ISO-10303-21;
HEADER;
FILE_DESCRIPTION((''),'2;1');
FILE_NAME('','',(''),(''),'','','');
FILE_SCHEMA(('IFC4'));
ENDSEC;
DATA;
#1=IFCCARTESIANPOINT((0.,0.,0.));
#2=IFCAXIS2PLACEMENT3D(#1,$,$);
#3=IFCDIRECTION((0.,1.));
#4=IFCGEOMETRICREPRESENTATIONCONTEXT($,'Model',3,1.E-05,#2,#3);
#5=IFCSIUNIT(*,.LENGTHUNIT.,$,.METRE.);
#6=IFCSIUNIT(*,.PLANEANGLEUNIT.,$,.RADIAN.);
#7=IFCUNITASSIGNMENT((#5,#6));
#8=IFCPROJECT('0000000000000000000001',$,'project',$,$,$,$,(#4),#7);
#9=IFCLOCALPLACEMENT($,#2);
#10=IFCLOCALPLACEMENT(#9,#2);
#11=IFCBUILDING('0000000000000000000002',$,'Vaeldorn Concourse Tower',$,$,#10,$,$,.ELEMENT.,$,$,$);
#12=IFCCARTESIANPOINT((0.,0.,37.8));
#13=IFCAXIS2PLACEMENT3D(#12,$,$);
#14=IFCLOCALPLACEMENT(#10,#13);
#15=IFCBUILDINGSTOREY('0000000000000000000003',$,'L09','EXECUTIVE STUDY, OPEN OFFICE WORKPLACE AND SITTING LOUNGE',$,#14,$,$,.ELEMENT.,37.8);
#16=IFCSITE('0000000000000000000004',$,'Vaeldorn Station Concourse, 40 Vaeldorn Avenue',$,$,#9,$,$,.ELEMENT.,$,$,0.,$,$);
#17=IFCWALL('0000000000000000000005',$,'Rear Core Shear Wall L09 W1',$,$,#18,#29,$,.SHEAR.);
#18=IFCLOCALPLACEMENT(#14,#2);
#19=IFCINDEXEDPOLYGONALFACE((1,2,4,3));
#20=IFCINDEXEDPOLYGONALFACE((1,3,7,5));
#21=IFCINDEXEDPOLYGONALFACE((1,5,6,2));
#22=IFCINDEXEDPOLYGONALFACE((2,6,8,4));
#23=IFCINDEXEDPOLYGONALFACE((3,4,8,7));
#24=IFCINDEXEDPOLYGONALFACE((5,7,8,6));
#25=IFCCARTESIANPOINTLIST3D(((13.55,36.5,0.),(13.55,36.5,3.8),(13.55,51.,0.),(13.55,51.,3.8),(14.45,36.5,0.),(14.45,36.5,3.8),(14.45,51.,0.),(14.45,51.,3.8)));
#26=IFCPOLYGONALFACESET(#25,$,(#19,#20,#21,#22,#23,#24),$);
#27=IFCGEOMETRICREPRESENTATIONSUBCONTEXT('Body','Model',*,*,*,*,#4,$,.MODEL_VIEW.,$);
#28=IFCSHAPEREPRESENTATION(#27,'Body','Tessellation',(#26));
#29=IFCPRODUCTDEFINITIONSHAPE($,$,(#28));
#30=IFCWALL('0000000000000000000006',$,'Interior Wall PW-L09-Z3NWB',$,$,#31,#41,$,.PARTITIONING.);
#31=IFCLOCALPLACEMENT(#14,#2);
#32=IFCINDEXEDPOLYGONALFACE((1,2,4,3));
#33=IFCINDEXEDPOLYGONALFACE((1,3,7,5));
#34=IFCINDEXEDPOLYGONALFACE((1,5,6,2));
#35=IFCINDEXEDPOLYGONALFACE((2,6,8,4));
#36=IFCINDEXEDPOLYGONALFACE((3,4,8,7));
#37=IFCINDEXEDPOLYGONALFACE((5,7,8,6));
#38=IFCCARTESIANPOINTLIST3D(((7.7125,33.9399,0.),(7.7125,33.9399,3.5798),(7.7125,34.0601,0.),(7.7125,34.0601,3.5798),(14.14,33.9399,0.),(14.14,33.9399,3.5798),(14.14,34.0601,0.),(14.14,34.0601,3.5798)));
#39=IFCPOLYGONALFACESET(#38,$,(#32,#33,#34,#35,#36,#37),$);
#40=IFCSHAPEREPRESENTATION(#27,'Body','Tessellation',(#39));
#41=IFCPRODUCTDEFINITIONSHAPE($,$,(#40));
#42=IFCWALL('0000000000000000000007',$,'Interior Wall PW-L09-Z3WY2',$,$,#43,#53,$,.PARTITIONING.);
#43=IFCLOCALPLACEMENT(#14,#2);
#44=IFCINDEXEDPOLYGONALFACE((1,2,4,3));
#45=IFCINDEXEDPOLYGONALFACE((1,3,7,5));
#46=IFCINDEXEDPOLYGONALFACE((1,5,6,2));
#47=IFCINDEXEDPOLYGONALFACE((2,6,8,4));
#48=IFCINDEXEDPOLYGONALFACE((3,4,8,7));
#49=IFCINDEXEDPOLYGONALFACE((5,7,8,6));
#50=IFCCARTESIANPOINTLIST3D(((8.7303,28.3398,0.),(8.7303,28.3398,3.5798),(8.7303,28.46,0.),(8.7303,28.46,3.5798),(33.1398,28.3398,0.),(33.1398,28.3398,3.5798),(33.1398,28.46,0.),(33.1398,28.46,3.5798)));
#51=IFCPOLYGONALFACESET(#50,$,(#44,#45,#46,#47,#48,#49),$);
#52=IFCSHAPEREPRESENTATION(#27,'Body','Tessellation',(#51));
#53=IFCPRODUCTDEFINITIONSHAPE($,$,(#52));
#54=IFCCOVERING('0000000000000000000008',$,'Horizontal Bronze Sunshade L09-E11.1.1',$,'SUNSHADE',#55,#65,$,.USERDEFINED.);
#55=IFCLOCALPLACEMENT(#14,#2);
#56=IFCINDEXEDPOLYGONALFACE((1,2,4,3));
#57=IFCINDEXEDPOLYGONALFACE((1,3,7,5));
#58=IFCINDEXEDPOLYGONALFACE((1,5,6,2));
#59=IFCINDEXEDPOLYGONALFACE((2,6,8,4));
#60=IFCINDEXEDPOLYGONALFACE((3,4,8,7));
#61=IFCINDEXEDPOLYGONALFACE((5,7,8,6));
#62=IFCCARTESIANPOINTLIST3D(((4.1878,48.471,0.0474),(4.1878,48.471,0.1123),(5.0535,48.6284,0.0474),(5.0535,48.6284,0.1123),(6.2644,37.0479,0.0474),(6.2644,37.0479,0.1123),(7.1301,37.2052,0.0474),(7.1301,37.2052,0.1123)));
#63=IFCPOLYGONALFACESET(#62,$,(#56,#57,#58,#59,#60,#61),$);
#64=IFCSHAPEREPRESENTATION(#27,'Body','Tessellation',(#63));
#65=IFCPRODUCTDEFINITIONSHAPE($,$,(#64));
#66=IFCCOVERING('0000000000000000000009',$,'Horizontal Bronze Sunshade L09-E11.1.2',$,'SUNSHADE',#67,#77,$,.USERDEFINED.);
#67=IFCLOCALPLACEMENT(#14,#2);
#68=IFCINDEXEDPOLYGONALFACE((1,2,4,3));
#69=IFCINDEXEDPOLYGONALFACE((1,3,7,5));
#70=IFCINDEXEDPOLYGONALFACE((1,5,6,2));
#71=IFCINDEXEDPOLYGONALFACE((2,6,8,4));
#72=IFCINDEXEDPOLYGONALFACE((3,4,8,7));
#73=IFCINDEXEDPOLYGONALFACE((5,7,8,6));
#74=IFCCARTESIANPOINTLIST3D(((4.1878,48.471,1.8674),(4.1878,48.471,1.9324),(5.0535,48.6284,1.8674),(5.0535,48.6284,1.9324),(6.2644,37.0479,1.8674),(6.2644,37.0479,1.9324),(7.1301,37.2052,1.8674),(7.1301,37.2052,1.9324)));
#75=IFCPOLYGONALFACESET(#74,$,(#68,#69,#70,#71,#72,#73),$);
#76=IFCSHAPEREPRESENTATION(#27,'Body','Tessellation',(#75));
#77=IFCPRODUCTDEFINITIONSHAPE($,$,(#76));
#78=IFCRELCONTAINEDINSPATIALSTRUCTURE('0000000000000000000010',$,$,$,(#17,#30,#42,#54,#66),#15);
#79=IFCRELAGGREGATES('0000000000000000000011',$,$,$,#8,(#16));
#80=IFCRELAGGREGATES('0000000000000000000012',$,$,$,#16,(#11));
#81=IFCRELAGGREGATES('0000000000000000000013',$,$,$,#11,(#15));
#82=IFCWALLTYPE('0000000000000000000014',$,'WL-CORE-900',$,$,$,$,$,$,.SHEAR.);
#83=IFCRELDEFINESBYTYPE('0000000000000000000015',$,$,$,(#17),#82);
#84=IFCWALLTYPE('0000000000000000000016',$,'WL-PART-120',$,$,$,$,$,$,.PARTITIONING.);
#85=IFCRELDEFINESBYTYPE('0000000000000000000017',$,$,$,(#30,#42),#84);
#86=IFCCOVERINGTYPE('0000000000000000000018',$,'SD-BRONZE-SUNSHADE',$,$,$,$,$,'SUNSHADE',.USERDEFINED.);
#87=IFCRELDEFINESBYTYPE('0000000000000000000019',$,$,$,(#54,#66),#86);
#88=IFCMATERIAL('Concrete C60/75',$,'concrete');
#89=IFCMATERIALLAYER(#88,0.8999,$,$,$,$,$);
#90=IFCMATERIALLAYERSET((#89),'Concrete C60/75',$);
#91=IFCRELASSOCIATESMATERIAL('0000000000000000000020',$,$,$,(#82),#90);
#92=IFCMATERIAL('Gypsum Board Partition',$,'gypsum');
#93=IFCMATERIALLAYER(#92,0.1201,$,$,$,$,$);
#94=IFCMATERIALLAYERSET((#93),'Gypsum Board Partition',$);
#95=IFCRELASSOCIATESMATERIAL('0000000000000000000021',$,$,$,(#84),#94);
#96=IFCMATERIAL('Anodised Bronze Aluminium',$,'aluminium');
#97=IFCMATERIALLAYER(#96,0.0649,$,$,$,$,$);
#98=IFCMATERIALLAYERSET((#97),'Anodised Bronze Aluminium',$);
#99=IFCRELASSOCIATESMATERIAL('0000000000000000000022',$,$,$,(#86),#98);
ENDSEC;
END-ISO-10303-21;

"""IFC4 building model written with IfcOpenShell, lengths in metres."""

from ifc_helpers import new_model, si_unit, direction, frame, frame_2d, origin, origin_2d, place, context, subcontext, project, spatial, rectangle, extrude, source, transform, mapped, material, layer, layer_set, type_object, element, save


model = new_model("IFC4")

# Units and contexts
model_context = context("Model", 3, precision=1e-05, world=origin(), true_north=direction((0.0, 1.0)))
body_context = subcontext(model_context, "Body", "Model", "MODEL_VIEW")
ifc_project = project(units=[si_unit("LENGTHUNIT", "METRE"), si_unit("PLANEANGLEUNIT", "RADIAN")], contexts=[model_context])

# Site, building, storey
site_placement = place(None, origin())
site = spatial("IfcSite", under=ifc_project, at=site_placement, Name="Vaeldorn Station Concourse, 40 Vaeldorn Avenue", CompositionType="ELEMENT", RefElevation=0.0)
building_placement = place(site_placement, origin())
building = spatial("IfcBuilding", under=site, at=building_placement, Name="Vaeldorn Concourse Tower", CompositionType="ELEMENT")
storey_placement = place(building_placement, frame((0.0, 0.0, 37.8)))
storey = spatial("IfcBuildingStorey", under=building, at=storey_placement, Name="L09", Description="EXECUTIVE STUDY, OPEN OFFICE WORKPLACE AND SITTING LOUNGE", CompositionType="ELEMENT", Elevation=37.8)

# Shared definitions
ifc_material_1 = material(Name="Concrete C60/75", Category="concrete")

# Shared definitions
ifc_material_2 = material(Name="Anodised Bronze Aluminium", Category="aluminium")

# Wall
ifc_layer_1 = layer(ifc_material_1, 0.8999)
ifc_layer_set_1 = layer_set([ifc_layer_1], Name="Concrete C60/75")
wall_type_1 = type_object("IfcWallType", Name="WL-CORE-900", PredefinedType="SHEAR", material=ifc_layer_set_1)
wall_1_placement = place(storey_placement, frame((14.0, 36.5, 0.0), z_axis=(0.0, 0.0, 1.0), x_axis=(0.0, 1.0, 0.0)))
element("IfcWall", 1, at=wall_1_placement, inside=storey, type_object=wall_type_1, Name="Rear Core Shear Wall L09 W1", PredefinedType="SHEAR", context=body_context, shape_type="SweptSolid", body=[
    extrude(rectangle(XDim=14.5, YDim=0.8999, at=frame_2d((7.25, 0.0))), origin(), (0.0, 0.0, 1.0), 3.8),
])

# Shared definitions
ifc_material_3 = material(Name="Gypsum Board Partition", Category="gypsum")
ifc_layer_2 = layer(ifc_material_3, 0.1201)
ifc_layer_set_2 = layer_set([ifc_layer_2], Name="Gypsum Board Partition")
wall_type_2 = type_object("IfcWallType", Name="WL-PART-120", PredefinedType="PARTITIONING", material=ifc_layer_set_2)

# Walls
wall_2_placement = place(storey_placement, frame((7.7124, 34.0, 0.0), z_axis=(0.0, 0.0, 1.0), x_axis=(1.0, 0.0, 0.0)))
element("IfcWall", 2, at=wall_2_placement, inside=storey, type_object=wall_type_2, Name="Interior Wall PW-L09-Z3NWB", PredefinedType="PARTITIONING", context=body_context, shape_type="SweptSolid", body=[
    extrude(rectangle(XDim=6.4275, YDim=0.1201, at=frame_2d((3.2139, 0.0))), origin(), (0.0, 0.0, 1.0), 3.5798),
])
wall_3_placement = place(storey_placement, frame((8.7305, 28.3999, 0.0), z_axis=(0.0, 0.0, 1.0), x_axis=(1.0, 0.0, 0.0)))
element("IfcWall", 3, at=wall_3_placement, inside=storey, type_object=wall_type_2, Name="Interior Wall PW-L09-Z3WY2", PredefinedType="PARTITIONING", context=body_context, shape_type="SweptSolid", body=[
    extrude(rectangle(XDim=24.4094, YDim=0.1201, at=frame_2d((12.2046, 0.0))), origin(), (0.0, 0.0, 1.0), 3.5798),
])

# Coverings
ifc_layer_3 = layer(ifc_material_2, 0.0649)
ifc_layer_set_3 = layer_set([ifc_layer_3], Name="Anodised Bronze Aluminium")
covering_type = type_object("IfcCoveringType", Name="SD-BRONZE-SUNSHADE", ElementType="SUNSHADE", PredefinedType="USERDEFINED", material=ifc_layer_set_3)
shared_shape_1 = source(origin(), body_context, "Body", "SweptSolid", [
    extrude(rectangle(XDim=11.6104, YDim=0.8799, at=origin_2d()), origin(), (0.0, 0.0, 1.0), 0.0649),
])
for number, where, z_axis, x_axis, name in (
    (4, (5.6589, 42.8381, 0.0474), (0.0, 0.0, 1.0), (0.178854, -0.983876, 0.0), "Horizontal Bronze Sunshade L09-E11.1.1"),
    (5, (5.6589, 42.8381, 1.8674), (0.0, 0.0, 1.0), (0.178854, -0.983876, 0.0), "Horizontal Bronze Sunshade L09-E11.1.2"),
):
    element("IfcCovering", number, at=place(storey_placement, frame(where, z_axis=z_axis, x_axis=x_axis)), inside=storey, type_object=covering_type, Name=name, ObjectType="SUNSHADE", PredefinedType="USERDEFINED", context=body_context, shape_type="MappedRepresentation", body=[
        mapped(shared_shape_1, transform((0.0, 0.0, 0.0), scale=1.0)),
    ])

save(model, "model.ifc")
